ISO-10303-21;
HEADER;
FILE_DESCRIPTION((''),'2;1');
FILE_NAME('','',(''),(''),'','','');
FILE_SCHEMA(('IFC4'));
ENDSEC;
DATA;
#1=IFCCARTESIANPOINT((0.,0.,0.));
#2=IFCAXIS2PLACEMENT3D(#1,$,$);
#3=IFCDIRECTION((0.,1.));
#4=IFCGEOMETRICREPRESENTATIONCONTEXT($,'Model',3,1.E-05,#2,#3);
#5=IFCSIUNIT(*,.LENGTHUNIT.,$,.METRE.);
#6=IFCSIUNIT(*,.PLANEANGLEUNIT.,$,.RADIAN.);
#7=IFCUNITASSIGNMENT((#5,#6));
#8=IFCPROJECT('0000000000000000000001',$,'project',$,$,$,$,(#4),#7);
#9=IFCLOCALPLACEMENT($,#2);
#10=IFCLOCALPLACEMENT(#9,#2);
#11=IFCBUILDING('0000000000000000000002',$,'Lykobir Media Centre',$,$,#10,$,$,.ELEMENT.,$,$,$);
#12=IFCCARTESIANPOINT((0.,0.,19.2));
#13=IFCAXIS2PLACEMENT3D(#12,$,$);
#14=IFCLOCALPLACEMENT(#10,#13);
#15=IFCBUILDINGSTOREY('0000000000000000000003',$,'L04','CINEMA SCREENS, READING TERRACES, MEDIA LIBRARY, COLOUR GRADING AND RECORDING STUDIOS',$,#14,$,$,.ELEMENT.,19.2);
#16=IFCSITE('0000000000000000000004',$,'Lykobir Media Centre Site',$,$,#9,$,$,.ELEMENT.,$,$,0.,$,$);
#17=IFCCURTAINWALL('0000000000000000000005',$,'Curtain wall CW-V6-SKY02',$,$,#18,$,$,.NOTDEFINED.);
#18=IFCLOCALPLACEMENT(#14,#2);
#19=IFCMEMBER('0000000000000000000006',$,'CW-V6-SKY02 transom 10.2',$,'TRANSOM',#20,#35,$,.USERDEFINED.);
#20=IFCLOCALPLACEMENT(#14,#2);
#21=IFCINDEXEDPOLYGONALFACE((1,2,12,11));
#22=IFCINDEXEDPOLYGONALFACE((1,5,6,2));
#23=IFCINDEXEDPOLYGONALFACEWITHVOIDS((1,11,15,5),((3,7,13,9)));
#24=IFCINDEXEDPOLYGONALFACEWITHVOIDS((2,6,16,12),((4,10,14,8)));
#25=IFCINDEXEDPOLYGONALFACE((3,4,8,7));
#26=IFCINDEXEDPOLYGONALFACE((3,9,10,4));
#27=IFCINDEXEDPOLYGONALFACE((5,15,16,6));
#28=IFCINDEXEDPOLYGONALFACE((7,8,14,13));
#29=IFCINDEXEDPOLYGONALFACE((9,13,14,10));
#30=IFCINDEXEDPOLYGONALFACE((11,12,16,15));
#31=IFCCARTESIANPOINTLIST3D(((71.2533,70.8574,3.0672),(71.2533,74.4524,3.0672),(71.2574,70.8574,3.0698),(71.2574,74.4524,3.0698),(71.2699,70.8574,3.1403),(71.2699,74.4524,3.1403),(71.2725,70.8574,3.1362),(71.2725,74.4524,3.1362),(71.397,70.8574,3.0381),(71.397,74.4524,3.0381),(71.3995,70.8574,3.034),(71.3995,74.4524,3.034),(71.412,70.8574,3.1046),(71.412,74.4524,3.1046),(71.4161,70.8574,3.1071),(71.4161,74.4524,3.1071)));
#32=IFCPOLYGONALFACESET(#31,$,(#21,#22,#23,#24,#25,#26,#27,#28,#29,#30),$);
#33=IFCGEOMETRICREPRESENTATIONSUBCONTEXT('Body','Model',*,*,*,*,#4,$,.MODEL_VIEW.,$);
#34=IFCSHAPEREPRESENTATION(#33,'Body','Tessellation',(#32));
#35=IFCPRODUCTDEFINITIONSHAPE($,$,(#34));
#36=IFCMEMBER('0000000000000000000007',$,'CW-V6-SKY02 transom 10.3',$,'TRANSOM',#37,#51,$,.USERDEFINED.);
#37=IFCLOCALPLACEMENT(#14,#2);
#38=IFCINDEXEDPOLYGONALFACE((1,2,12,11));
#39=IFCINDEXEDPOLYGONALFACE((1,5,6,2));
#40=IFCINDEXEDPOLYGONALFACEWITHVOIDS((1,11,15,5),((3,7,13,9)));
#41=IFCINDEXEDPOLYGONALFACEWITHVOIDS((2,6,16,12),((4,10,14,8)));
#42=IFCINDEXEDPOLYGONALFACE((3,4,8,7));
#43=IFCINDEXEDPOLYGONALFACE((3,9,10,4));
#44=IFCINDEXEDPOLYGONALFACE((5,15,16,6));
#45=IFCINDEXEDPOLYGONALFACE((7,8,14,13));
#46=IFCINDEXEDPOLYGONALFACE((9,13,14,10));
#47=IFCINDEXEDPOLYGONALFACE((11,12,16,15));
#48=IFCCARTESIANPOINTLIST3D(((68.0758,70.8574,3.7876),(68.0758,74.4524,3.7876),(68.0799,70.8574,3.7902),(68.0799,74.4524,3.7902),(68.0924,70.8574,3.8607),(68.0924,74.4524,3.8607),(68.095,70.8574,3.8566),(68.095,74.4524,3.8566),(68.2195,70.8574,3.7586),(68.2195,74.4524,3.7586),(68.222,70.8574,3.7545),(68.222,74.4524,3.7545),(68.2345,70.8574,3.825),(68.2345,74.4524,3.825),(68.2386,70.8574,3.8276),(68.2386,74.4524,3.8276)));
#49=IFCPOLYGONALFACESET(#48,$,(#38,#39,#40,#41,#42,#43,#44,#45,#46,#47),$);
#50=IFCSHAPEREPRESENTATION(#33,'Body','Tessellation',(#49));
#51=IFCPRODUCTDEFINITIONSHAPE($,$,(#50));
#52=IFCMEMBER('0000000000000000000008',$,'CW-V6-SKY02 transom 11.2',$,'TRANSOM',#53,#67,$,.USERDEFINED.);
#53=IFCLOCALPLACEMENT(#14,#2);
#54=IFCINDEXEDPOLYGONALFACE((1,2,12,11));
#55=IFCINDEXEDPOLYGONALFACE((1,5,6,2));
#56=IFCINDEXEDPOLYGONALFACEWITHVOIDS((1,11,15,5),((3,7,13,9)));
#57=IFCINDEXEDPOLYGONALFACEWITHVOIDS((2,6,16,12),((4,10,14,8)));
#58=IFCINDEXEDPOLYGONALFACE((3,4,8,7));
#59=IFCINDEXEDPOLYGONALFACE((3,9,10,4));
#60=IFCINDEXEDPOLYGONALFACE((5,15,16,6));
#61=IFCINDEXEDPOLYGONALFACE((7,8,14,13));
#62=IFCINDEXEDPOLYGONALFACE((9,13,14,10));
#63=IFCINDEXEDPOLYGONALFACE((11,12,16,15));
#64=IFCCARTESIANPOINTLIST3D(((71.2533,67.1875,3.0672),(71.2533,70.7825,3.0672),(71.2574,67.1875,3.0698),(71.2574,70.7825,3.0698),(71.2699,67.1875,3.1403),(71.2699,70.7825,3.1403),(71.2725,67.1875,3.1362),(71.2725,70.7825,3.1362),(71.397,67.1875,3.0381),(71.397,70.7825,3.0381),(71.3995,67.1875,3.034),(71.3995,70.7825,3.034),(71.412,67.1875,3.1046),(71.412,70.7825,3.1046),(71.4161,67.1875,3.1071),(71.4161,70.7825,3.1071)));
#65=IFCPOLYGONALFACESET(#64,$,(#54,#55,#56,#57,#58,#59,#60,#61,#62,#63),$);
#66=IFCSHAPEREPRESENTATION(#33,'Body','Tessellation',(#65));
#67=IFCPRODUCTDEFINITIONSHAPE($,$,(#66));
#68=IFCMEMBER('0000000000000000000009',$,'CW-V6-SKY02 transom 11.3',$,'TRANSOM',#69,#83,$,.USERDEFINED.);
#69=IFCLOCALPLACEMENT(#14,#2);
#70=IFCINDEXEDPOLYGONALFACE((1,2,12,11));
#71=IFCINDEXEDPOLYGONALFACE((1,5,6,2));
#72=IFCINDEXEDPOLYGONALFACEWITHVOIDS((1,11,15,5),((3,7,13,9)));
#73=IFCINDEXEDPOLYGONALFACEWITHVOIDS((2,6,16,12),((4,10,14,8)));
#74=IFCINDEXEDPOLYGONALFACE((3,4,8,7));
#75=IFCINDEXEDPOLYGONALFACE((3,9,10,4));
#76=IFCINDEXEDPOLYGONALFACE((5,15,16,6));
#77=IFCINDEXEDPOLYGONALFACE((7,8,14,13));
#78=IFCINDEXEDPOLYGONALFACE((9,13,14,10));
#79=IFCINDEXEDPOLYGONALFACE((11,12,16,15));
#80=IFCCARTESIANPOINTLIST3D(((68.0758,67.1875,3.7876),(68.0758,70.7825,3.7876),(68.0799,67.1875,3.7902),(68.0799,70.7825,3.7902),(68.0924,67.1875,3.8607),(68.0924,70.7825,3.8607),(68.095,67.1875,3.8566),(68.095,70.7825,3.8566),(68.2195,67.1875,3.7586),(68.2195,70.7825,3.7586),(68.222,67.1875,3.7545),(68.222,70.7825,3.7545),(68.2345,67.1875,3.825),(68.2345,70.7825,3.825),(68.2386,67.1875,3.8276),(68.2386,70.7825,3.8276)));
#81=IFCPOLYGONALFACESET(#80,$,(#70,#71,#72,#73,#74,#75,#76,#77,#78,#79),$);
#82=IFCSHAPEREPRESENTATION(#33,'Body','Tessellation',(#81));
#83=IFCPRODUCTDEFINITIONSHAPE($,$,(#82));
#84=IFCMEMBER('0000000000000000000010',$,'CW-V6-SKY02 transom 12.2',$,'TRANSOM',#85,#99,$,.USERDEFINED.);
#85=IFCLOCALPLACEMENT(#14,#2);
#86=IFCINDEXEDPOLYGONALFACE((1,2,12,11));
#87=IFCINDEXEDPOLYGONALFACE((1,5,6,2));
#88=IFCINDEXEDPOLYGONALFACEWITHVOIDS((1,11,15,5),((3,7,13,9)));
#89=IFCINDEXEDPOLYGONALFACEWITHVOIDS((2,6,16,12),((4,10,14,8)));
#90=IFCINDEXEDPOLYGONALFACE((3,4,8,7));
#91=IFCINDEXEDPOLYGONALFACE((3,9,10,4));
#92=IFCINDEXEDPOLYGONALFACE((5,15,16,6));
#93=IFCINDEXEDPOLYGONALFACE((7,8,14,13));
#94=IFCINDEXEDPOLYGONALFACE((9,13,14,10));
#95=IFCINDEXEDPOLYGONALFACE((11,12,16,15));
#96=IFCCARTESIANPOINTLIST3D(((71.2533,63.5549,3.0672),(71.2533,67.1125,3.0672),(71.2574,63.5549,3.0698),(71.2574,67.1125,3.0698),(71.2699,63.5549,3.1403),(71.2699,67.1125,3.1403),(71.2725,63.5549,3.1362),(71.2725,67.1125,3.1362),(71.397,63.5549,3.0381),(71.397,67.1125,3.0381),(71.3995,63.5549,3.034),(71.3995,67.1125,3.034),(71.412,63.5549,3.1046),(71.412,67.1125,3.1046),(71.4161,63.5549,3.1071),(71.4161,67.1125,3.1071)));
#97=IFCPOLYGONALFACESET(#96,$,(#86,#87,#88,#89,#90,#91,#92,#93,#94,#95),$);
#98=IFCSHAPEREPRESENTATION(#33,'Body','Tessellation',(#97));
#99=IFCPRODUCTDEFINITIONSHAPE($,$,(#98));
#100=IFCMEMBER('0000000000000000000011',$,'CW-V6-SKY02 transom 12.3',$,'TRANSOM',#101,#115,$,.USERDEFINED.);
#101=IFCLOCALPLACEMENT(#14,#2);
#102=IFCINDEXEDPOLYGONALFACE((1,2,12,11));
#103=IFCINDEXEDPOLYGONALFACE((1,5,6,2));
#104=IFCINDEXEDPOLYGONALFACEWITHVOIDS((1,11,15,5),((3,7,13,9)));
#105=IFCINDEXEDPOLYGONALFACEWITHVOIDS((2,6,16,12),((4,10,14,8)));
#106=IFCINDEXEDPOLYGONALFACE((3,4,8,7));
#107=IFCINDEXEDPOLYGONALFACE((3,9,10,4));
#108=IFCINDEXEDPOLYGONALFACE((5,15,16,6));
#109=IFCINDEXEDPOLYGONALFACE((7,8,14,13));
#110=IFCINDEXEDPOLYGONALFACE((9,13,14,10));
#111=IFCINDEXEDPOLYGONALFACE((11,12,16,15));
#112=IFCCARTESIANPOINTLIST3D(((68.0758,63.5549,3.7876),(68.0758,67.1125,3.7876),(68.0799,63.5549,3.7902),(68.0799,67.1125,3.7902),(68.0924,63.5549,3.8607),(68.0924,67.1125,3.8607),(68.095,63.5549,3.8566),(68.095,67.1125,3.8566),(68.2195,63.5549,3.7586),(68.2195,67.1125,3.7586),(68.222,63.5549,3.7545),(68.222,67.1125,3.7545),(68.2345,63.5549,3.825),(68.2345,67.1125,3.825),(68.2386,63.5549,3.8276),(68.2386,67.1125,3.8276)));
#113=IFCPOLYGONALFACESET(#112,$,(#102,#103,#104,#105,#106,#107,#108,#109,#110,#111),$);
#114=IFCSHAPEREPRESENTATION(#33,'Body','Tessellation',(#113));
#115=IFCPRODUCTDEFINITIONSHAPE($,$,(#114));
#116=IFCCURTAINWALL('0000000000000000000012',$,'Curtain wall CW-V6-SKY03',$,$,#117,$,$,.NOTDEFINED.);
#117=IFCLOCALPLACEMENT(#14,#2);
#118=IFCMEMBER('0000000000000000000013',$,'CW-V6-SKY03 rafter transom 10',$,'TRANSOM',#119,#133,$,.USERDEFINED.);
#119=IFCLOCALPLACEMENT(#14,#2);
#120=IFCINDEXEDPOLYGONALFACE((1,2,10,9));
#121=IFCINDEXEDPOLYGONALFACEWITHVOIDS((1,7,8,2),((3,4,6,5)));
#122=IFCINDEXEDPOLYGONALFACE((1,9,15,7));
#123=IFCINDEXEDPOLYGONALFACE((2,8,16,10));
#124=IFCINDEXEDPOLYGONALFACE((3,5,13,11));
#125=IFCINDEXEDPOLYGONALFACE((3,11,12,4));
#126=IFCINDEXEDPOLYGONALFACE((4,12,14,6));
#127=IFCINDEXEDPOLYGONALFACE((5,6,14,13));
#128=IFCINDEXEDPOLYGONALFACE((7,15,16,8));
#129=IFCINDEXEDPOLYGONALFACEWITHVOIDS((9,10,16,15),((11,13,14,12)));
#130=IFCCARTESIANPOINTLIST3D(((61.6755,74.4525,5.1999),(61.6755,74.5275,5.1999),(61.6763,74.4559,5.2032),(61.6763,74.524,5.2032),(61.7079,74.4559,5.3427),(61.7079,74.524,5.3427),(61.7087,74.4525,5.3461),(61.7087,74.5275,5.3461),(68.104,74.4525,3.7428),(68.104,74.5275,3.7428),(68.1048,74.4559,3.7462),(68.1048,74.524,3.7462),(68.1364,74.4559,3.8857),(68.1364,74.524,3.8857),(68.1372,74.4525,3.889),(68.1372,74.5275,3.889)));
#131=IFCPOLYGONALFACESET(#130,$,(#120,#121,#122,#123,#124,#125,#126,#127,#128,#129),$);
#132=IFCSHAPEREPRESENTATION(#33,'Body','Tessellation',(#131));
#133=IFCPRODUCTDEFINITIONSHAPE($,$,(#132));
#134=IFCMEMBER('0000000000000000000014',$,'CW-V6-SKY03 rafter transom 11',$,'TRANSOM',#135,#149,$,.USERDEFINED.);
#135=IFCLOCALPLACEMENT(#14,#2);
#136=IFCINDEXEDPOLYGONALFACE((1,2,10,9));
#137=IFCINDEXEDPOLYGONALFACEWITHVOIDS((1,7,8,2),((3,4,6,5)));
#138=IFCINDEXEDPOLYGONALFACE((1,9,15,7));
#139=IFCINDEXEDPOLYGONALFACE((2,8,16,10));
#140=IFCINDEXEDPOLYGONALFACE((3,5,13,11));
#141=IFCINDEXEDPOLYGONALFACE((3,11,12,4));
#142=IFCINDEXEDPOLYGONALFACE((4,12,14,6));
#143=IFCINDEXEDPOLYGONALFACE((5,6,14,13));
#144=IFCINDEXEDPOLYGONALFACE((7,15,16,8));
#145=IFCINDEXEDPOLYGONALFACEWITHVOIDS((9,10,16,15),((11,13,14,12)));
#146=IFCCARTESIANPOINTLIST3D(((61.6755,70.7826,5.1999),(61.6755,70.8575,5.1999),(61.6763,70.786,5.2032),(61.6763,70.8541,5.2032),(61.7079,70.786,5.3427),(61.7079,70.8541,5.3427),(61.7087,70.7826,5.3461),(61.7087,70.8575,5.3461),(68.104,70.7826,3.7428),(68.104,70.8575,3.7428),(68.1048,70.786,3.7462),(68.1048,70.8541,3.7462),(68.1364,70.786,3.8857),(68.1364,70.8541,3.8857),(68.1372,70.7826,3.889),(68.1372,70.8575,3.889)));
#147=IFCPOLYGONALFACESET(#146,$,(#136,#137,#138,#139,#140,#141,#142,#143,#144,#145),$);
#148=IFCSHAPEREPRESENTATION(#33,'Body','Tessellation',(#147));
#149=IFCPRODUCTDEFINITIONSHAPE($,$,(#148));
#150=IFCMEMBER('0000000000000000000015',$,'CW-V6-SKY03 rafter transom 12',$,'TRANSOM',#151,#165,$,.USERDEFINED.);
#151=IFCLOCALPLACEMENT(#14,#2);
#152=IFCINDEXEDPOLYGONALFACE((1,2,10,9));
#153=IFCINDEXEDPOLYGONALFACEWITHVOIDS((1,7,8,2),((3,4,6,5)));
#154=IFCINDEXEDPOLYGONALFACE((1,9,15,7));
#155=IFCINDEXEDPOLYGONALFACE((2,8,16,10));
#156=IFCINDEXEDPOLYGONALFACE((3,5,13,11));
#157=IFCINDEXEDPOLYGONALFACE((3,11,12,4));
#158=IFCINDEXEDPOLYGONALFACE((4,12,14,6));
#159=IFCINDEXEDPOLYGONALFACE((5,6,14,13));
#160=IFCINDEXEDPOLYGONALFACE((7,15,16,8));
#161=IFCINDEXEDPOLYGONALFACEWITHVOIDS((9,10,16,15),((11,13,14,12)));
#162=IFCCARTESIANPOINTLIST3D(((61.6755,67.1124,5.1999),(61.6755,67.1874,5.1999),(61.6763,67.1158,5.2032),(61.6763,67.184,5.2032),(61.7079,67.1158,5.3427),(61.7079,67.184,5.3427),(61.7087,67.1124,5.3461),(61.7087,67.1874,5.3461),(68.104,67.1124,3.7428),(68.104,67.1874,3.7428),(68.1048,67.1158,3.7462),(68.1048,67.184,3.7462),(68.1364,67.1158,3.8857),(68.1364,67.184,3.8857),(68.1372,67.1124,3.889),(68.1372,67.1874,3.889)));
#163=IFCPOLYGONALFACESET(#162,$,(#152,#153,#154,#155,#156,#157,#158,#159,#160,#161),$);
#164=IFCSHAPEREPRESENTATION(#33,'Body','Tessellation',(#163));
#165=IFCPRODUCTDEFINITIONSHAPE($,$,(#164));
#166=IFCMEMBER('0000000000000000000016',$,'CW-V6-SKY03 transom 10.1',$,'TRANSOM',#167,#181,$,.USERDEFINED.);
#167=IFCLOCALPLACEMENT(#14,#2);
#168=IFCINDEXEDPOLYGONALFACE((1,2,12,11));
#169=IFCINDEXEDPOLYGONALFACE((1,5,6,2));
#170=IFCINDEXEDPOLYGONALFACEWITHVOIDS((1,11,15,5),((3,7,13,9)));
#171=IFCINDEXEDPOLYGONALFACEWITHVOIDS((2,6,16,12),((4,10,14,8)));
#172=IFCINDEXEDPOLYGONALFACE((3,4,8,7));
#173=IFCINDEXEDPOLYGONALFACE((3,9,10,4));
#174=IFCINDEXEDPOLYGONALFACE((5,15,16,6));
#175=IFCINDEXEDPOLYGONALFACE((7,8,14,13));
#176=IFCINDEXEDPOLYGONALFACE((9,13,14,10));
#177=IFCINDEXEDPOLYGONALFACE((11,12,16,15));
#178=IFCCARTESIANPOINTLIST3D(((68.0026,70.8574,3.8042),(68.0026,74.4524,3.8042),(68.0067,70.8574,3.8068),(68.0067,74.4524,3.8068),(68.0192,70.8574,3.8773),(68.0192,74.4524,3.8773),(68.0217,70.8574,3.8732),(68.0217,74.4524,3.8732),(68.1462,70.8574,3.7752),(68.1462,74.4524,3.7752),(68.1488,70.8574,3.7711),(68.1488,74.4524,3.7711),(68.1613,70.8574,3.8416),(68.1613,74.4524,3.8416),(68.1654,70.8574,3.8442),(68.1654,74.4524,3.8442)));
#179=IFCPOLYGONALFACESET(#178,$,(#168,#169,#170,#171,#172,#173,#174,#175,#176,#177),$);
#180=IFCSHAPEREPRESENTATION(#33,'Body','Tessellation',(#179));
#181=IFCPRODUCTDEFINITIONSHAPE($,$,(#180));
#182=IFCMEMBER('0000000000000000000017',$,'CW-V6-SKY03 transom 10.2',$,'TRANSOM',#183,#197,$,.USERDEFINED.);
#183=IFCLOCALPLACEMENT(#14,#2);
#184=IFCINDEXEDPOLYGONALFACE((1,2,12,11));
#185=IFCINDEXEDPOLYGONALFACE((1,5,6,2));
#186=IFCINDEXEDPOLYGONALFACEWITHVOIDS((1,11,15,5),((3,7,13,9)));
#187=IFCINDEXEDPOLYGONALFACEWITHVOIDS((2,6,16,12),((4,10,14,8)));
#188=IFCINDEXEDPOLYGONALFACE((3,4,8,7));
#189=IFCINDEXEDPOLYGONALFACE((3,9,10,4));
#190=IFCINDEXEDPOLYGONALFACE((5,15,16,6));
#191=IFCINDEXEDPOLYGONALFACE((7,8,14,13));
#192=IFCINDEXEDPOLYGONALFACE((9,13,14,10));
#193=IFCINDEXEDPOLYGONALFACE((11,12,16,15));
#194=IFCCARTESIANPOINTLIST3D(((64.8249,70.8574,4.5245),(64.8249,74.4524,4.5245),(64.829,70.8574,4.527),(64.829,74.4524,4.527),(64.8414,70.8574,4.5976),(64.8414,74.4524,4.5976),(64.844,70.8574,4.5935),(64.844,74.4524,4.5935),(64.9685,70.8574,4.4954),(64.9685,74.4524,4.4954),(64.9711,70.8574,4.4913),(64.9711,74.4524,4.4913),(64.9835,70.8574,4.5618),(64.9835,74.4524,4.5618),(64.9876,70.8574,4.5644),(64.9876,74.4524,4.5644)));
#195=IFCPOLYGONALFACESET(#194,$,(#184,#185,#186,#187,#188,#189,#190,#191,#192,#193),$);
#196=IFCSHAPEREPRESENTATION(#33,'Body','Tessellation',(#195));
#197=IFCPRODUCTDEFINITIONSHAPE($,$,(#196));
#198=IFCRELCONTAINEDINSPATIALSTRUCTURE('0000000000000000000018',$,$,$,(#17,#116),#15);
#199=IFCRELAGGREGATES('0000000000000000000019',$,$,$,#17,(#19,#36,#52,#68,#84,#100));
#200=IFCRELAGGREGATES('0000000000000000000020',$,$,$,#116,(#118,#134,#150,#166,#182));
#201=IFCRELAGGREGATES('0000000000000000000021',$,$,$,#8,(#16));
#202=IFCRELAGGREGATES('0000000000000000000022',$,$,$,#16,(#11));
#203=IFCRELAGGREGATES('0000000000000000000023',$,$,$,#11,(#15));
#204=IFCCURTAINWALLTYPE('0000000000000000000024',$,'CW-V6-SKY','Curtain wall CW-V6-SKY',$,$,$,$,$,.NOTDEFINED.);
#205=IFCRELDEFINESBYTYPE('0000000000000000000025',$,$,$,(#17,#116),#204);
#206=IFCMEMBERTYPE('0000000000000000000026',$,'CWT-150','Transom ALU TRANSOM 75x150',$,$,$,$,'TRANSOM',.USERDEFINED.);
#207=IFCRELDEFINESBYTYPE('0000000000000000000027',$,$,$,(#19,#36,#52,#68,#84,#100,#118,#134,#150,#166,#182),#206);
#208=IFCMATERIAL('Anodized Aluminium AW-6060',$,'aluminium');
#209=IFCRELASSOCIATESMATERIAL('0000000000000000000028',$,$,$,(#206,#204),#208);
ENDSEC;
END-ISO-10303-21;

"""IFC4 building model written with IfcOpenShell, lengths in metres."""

from ifc_helpers import new_model, si_unit, direction, frame, origin, origin_2d, place, context, subcontext, project, spatial, hollow_rectangle, extrude, material, material_profile, profile_set, type_object, element, aggregate, save


model = new_model("IFC4")

# Units and contexts
model_context = context("Model", 3, precision=1e-05, world=origin(), true_north=direction((0.0, 1.0)))
body_context = subcontext(model_context, "Body", "Model", "MODEL_VIEW")
ifc_project = project(units=[si_unit("LENGTHUNIT", "METRE"), si_unit("PLANEANGLEUNIT", "RADIAN")], contexts=[model_context])

# Site, building, storey
site_placement = place(None, origin())
site = spatial("IfcSite", under=ifc_project, at=site_placement, Name="Lykobir Media Centre Site", CompositionType="ELEMENT", RefElevation=0.0)
building_placement = place(site_placement, origin())
building = spatial("IfcBuilding", under=site, at=building_placement, Name="Lykobir Media Centre", CompositionType="ELEMENT")
storey_placement = place(building_placement, frame((0.0, 0.0, 19.2)))
storey = spatial("IfcBuildingStorey", under=building, at=storey_placement, Name="L04", Description="CINEMA SCREENS, READING TERRACES, MEDIA LIBRARY, COLOUR GRADING AND RECORDING STUDIOS", CompositionType="ELEMENT", Elevation=19.2)

# Curtain walls, members
ifc_material_1 = material(Name="Anodized Aluminium AW-6060", Category="aluminium")
ifc_material_profile_1 = material_profile(ifc_material_1, hollow_rectangle(XDim=0.075, YDim=0.1499, WallThickness=0.0034, at=origin_2d()), Name="ALU TRANSOM 75x150")
ifc_profile_set_1 = profile_set([ifc_material_profile_1], Name="Anodized Aluminium AW-6060")
member_type_1 = type_object("IfcMemberType", Name="CWT-150", Description="Transom ALU TRANSOM 75x150", ElementType="TRANSOM", PredefinedType="USERDEFINED", material=ifc_profile_set_1)
curtain_wall_type_1 = type_object("IfcCurtainWallType", Name="CW-V6-SKY", Description="Curtain wall CW-V6-SKY", PredefinedType="NOTDEFINED", material=ifc_material_1)
curtain_wall_1_placement = place(storey_placement, origin())
curtain_wall_1 = element("IfcCurtainWall", 1, at=curtain_wall_1_placement, inside=storey, type_object=curtain_wall_type_1, Name="Curtain wall CW-V6-SKY02", PredefinedType="NOTDEFINED")
member_1_placement = place(storey_placement, frame((71.3347, 74.4524, 3.0872), z_axis=(0.0, -1.0, 0.0), x_axis=(0.221072, 0.0, 0.975258)))
member_1 = element("IfcMember", 2, at=member_1_placement, type_object=member_type_1, Name="CW-V6-SKY02 transom 10.2", ObjectType="TRANSOM", PredefinedType="USERDEFINED", context=body_context, shape_type="SweptSolid", body=[
    extrude(hollow_rectangle(XDim=0.075, YDim=0.1499, WallThickness=0.0034, at=origin_2d()), origin(), (0.0, 0.0, 1.0), 3.595),
])
member_2_placement = place(storey_placement, frame((68.1572, 74.4524, 3.8076), z_axis=(0.0, -1.0, 0.0), x_axis=(0.221072, 0.0, 0.975258)))
member_2 = element("IfcMember", 3, at=member_2_placement, type_object=member_type_1, Name="CW-V6-SKY02 transom 10.3", ObjectType="TRANSOM", PredefinedType="USERDEFINED", context=body_context, shape_type="SweptSolid", body=[
    extrude(hollow_rectangle(XDim=0.075, YDim=0.1499, WallThickness=0.0034, at=origin_2d()), origin(), (0.0, 0.0, 1.0), 3.595),
])
member_3_placement = place(storey_placement, frame((71.3347, 70.7825, 3.0872), z_axis=(0.0, -1.0, 0.0), x_axis=(0.221072, 0.0, 0.975258)))
member_3 = element("IfcMember", 4, at=member_3_placement, type_object=member_type_1, Name="CW-V6-SKY02 transom 11.2", ObjectType="TRANSOM", PredefinedType="USERDEFINED", context=body_context, shape_type="SweptSolid", body=[
    extrude(hollow_rectangle(XDim=0.075, YDim=0.1499, WallThickness=0.0034, at=origin_2d()), origin(), (0.0, 0.0, 1.0), 3.595),
])
member_4_placement = place(storey_placement, frame((68.1572, 70.7825, 3.8076), z_axis=(0.0, -1.0, 0.0), x_axis=(0.221072, 0.0, 0.975258)))
member_4 = element("IfcMember", 5, at=member_4_placement, type_object=member_type_1, Name="CW-V6-SKY02 transom 11.3", ObjectType="TRANSOM", PredefinedType="USERDEFINED", context=body_context, shape_type="SweptSolid", body=[
    extrude(hollow_rectangle(XDim=0.075, YDim=0.1499, WallThickness=0.0034, at=origin_2d()), origin(), (0.0, 0.0, 1.0), 3.595),
])
member_5_placement = place(storey_placement, frame((71.3347, 67.1125, 3.0872), z_axis=(0.0, -1.0, 0.0), x_axis=(0.221072, 0.0, 0.975258)))
member_5 = element("IfcMember", 6, at=member_5_placement, type_object=member_type_1, Name="CW-V6-SKY02 transom 12.2", ObjectType="TRANSOM", PredefinedType="USERDEFINED", context=body_context, shape_type="SweptSolid", body=[
    extrude(hollow_rectangle(XDim=0.075, YDim=0.1499, WallThickness=0.0034, at=origin_2d()), origin(), (0.0, 0.0, 1.0), 3.5576),
])
member_6_placement = place(storey_placement, frame((68.1572, 67.1125, 3.8076), z_axis=(0.0, -1.0, 0.0), x_axis=(0.221072, 0.0, 0.975258)))
member_6 = element("IfcMember", 7, at=member_6_placement, type_object=member_type_1, Name="CW-V6-SKY02 transom 12.3", ObjectType="TRANSOM", PredefinedType="USERDEFINED", context=body_context, shape_type="SweptSolid", body=[
    extrude(hollow_rectangle(XDim=0.075, YDim=0.1499, WallThickness=0.0034, at=origin_2d()), origin(), (0.0, 0.0, 1.0), 3.5576),
])
curtain_wall_2_placement = place(storey_placement, origin())
curtain_wall_2 = element("IfcCurtainWall", 8, at=curtain_wall_2_placement, inside=storey, type_object=curtain_wall_type_1, Name="Curtain wall CW-V6-SKY03", PredefinedType="NOTDEFINED")
member_7_placement = place(storey_placement, frame((68.1206, 74.49, 3.8159), z_axis=(-0.975263, 0.0, 0.221046), x_axis=(0.0, -1.0, 0.0)))
member_7 = element("IfcMember", 9, at=member_7_placement, type_object=member_type_1, Name="CW-V6-SKY03 rafter transom 10", ObjectType="TRANSOM", PredefinedType="USERDEFINED", context=body_context, shape_type="SweptSolid", body=[
    extrude(hollow_rectangle(XDim=0.075, YDim=0.1499, WallThickness=0.0034, at=origin_2d()), origin(), (0.0, 0.0, 1.0), 6.5916),
])
member_8_placement = place(storey_placement, frame((68.1206, 70.8201, 3.8159), z_axis=(-0.975263, 0.0, 0.221046), x_axis=(0.0, -1.0, 0.0)))
member_8 = element("IfcMember", 10, at=member_8_placement, type_object=member_type_1, Name="CW-V6-SKY03 rafter transom 11", ObjectType="TRANSOM", PredefinedType="USERDEFINED", context=body_context, shape_type="SweptSolid", body=[
    extrude(hollow_rectangle(XDim=0.075, YDim=0.1499, WallThickness=0.0034, at=origin_2d()), origin(), (0.0, 0.0, 1.0), 6.5916),
])
member_9_placement = place(storey_placement, frame((68.1206, 67.1499, 3.8159), z_axis=(-0.975263, 0.0, 0.221046), x_axis=(0.0, -1.0, 0.0)))
member_9 = element("IfcMember", 11, at=member_9_placement, type_object=member_type_1, Name="CW-V6-SKY03 rafter transom 12", ObjectType="TRANSOM", PredefinedType="USERDEFINED", context=body_context, shape_type="SweptSolid", body=[
    extrude(hollow_rectangle(XDim=0.075, YDim=0.1499, WallThickness=0.0034, at=origin_2d()), origin(), (0.0, 0.0, 1.0), 6.5916),
])
member_10_placement = place(storey_placement, frame((68.084, 74.4524, 3.8242), z_axis=(0.0, -1.0, 0.0), x_axis=(0.221055, 0.0, 0.975261)))
member_10 = element("IfcMember", 12, at=member_10_placement, type_object=member_type_1, Name="CW-V6-SKY03 transom 10.1", ObjectType="TRANSOM", PredefinedType="USERDEFINED", context=body_context, shape_type="SweptSolid", body=[
    extrude(hollow_rectangle(XDim=0.075, YDim=0.1499, WallThickness=0.0034, at=origin_2d()), origin(), (0.0, 0.0, 1.0), 3.595),
])
member_11_placement = place(storey_placement, frame((64.9062, 74.4524, 4.5444), z_axis=(0.0, -1.0, 0.0), x_axis=(0.221055, 0.0, 0.975261)))
member_11 = element("IfcMember", 13, at=member_11_placement, type_object=member_type_1, Name="CW-V6-SKY03 transom 10.2", ObjectType="TRANSOM", PredefinedType="USERDEFINED", context=body_context, shape_type="SweptSolid", body=[
    extrude(hollow_rectangle(XDim=0.075, YDim=0.1499, WallThickness=0.0034, at=origin_2d()), origin(), (0.0, 0.0, 1.0), 3.595),
])

aggregate(curtain_wall_1, [member_1, member_2, member_3, member_4, member_5, member_6])
aggregate(curtain_wall_2, [member_7, member_8, member_9, member_10, member_11])

save(model, "model.ifc")
